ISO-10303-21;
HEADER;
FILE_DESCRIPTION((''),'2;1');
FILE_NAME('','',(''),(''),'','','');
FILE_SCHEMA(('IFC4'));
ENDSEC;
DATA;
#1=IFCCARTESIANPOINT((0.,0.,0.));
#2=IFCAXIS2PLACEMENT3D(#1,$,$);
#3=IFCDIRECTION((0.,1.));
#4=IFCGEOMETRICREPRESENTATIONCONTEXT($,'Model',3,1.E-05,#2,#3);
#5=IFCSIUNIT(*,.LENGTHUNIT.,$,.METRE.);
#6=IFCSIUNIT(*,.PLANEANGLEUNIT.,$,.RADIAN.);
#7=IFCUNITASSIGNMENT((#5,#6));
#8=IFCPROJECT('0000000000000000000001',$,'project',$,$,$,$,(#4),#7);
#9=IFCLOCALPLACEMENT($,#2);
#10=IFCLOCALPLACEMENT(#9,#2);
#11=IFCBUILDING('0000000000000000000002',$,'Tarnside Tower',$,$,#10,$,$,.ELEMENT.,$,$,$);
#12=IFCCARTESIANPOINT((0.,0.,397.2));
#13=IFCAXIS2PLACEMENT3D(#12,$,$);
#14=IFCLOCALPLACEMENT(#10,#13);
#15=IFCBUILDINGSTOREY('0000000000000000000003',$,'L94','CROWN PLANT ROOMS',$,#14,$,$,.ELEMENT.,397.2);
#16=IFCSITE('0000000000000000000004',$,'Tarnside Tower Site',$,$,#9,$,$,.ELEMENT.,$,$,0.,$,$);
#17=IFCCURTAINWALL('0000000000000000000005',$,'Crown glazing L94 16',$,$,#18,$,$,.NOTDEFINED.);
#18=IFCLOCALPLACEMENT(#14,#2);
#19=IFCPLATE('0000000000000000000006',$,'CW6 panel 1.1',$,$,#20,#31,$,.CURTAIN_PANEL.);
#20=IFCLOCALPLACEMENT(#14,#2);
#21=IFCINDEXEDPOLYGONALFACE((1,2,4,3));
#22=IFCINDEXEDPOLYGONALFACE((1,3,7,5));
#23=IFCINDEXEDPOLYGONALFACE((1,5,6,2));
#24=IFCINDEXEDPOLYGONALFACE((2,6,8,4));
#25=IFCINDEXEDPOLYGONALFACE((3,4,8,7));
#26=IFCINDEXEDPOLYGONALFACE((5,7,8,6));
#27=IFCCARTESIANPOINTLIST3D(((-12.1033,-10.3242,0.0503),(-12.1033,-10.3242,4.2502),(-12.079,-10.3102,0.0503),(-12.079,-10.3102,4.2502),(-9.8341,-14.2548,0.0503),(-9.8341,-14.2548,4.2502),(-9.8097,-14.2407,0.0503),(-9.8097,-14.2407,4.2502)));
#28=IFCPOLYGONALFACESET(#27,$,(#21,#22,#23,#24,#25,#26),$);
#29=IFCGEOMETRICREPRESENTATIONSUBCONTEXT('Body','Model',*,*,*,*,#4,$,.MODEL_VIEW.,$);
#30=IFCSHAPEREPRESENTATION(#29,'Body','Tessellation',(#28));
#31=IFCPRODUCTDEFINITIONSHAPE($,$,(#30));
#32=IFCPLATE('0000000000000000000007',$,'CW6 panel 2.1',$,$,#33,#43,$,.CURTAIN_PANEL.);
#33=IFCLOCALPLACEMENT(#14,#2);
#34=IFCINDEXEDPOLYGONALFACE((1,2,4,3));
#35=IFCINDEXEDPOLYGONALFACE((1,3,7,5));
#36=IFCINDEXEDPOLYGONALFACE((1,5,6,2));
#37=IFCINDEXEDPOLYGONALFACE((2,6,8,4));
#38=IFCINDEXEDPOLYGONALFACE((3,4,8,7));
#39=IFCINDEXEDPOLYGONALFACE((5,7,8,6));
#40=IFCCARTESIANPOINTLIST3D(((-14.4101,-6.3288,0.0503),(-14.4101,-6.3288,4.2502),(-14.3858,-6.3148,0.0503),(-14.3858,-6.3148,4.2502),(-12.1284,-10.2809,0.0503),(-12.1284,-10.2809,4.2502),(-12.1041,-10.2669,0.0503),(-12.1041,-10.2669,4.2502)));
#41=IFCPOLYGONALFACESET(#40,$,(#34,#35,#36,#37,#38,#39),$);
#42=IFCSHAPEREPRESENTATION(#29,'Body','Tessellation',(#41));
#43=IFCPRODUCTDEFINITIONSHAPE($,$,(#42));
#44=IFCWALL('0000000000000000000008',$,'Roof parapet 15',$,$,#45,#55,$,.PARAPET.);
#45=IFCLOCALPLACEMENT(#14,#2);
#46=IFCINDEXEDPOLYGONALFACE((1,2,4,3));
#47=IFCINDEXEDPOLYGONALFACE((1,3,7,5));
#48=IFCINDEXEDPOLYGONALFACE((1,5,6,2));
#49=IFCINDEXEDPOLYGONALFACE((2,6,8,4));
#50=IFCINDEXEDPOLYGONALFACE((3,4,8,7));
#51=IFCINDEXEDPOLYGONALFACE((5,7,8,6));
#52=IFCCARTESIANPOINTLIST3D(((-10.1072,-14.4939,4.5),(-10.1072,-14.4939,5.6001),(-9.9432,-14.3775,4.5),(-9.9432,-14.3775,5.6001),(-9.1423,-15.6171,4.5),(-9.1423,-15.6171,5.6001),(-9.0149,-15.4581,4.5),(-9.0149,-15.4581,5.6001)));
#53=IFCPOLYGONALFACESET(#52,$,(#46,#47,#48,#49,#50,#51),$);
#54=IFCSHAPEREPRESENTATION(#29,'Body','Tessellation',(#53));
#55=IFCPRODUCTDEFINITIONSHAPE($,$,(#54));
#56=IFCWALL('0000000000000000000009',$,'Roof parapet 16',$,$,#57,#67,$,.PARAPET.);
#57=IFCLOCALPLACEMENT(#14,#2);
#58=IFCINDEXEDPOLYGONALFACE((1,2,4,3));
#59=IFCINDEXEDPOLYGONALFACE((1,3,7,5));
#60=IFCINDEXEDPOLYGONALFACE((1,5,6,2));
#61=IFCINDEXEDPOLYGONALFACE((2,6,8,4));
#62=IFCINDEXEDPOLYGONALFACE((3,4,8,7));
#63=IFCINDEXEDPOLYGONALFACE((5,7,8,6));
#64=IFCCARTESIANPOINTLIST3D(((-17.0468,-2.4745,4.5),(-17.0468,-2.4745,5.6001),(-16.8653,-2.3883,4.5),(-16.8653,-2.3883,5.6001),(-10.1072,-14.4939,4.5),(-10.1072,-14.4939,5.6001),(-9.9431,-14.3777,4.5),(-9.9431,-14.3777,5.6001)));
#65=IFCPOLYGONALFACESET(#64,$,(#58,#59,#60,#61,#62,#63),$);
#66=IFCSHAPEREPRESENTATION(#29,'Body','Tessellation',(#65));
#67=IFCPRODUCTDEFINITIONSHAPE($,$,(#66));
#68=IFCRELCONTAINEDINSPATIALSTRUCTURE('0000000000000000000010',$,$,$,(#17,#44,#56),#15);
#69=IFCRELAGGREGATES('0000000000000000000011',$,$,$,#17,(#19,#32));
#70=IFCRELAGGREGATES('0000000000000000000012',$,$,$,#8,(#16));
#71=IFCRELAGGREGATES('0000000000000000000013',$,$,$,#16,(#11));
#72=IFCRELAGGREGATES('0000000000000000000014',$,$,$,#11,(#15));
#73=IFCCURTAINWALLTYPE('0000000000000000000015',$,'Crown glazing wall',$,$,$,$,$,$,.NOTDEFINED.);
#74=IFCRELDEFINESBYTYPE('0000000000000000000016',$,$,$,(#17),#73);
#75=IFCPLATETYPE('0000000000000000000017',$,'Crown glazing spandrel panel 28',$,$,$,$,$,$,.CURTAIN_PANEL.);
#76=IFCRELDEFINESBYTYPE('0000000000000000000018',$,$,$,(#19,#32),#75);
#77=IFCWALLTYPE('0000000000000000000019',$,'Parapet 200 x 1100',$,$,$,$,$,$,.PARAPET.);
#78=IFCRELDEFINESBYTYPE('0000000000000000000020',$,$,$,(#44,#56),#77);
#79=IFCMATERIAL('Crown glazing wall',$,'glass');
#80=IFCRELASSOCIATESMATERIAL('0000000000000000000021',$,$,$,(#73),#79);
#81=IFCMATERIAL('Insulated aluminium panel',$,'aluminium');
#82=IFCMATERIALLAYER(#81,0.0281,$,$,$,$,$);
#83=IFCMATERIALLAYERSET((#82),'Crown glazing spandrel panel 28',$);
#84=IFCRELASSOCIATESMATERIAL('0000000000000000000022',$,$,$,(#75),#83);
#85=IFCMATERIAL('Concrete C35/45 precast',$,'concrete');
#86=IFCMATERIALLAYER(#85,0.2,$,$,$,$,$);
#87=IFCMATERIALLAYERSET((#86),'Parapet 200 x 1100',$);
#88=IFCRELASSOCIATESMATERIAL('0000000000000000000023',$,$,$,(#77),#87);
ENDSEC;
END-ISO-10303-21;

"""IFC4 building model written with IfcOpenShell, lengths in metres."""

from ifc_helpers import new_model, si_unit, direction, frame, origin, origin_2d, place, context, subcontext, project, spatial, polyline, rectangle, outline, extrude, material, layer, layer_set, type_object, element, aggregate, save


model = new_model("IFC4")

# Units and contexts
model_context = context("Model", 3, precision=1e-05, world=origin(), true_north=direction((0.0, 1.0)))
body_context = subcontext(model_context, "Body", "Model", "MODEL_VIEW")
ifc_project = project(units=[si_unit("LENGTHUNIT", "METRE"), si_unit("PLANEANGLEUNIT", "RADIAN")], contexts=[model_context])

# Site, building, storey
site_placement = place(None, origin())
site = spatial("IfcSite", under=ifc_project, at=site_placement, Name="Tarnside Tower Site", CompositionType="ELEMENT", RefElevation=0.0)
building_placement = place(site_placement, origin())
building = spatial("IfcBuilding", under=site, at=building_placement, Name="Tarnside Tower", CompositionType="ELEMENT")
storey_placement = place(building_placement, frame((0.0, 0.0, 397.2)))
storey = spatial("IfcBuildingStorey", under=building, at=storey_placement, Name="L94", Description="CROWN PLANT ROOMS", CompositionType="ELEMENT", Elevation=397.2)

# Shared definitions
ifc_material_1 = material(Name="Crown glazing wall", Category="glass")
curtain_wall_type = type_object("IfcCurtainWallType", Name="Crown glazing wall", PredefinedType="NOTDEFINED", material=ifc_material_1)

# Curtain wall
curtain_wall_1_placement = place(storey_placement, origin())
curtain_wall_1 = element("IfcCurtainWall", 1, at=curtain_wall_1_placement, inside=storey, type_object=curtain_wall_type, Name="Crown glazing L94 16", PredefinedType="NOTDEFINED")

# Plates
ifc_material_2 = material(Name="Insulated aluminium panel", Category="aluminium")
ifc_layer_1 = layer(ifc_material_2, 0.0281)
ifc_layer_set_1 = layer_set([ifc_layer_1], Name="Crown glazing spandrel panel 28")
plate_type_1 = type_object("IfcPlateType", Name="Crown glazing spandrel panel 28", PredefinedType="CURTAIN_PANEL", material=ifc_layer_set_1)
plate_1_placement = place(storey_placement, frame((-10.9565, -12.2825, 0.0503), z_axis=(0.0, 0.0, 1.0), x_axis=(-0.5, 0.866025, 0.0)))
plate_1 = element("IfcPlate", 2, at=plate_1_placement, type_object=plate_type_1, Name="CW6 panel 1.1", PredefinedType="CURTAIN_PANEL", context=body_context, shape_type="SweptSolid", body=[
    extrude(rectangle(XDim=4.5386, YDim=0.0281, at=origin_2d()), origin(), (0.0, 0.0, 1.0), 4.2),
])
plate_2_placement = place(storey_placement, frame((-13.2571, -8.2979, 0.0503), z_axis=(0.0, 0.0, 1.0), x_axis=(-0.5, 0.866025, 0.0)))
plate_2 = element("IfcPlate", 3, at=plate_2_placement, type_object=plate_type_1, Name="CW6 panel 2.1", PredefinedType="CURTAIN_PANEL", context=body_context, shape_type="SweptSolid", body=[
    extrude(rectangle(XDim=4.5635, YDim=0.0281, at=origin_2d()), origin(), (0.0, 0.0, 1.0), 4.2),
])
aggregate(curtain_wall_1, [plate_1, plate_2])

# Walls
ifc_material_3 = material(Name="Concrete C35/45 precast", Category="concrete")
ifc_layer_2 = layer(ifc_material_3, 0.2)
ifc_layer_set_2 = layer_set([ifc_layer_2], Name="Parapet 200 x 1100")
wall_type = type_object("IfcWallType", Name="Parapet 200 x 1100", PredefinedType="PARAPET", material=ifc_layer_set_2)
wall_1_placement = place(storey_placement, frame((-9.0786, -15.5376, 4.5), z_axis=(0.0, 0.0, 1.0), x_axis=(-0.651635, 0.758532, 0.0)))
element("IfcWall", 4, at=wall_1_placement, inside=storey, type_object=wall_type, Name="Roof parapet 15", PredefinedType="PARAPET", context=body_context, shape_type="SweptSolid", body=[
    extrude(outline(polyline([(0.0188, -0.1001), (1.4434, -0.1001), (1.4619, 0.1001), (-0.0188, 0.1001), (0.0188, -0.1001)])), origin(), (0.0, 0.0, 1.0), 1.1001),
])
wall_2_placement = place(storey_placement, frame((-10.0251, -14.4358, 4.5), z_axis=(0.0, 0.0, 1.0), x_axis=(-0.500009, 0.86602, 0.0)))
element("IfcWall", 5, at=wall_2_placement, inside=storey, type_object=wall_type, Name="Roof parapet 16", PredefinedType="PARAPET", context=body_context, shape_type="SweptSolid", body=[
    extrude(outline(polyline([(0.0093, -0.1001), (13.8535, -0.1001), (13.8696, 0.1001), (-0.0093, 0.1001), (0.0093, -0.1001)])), origin(), (0.0, 0.0, 1.0), 1.1001),
])

save(model, "model.ifc")
